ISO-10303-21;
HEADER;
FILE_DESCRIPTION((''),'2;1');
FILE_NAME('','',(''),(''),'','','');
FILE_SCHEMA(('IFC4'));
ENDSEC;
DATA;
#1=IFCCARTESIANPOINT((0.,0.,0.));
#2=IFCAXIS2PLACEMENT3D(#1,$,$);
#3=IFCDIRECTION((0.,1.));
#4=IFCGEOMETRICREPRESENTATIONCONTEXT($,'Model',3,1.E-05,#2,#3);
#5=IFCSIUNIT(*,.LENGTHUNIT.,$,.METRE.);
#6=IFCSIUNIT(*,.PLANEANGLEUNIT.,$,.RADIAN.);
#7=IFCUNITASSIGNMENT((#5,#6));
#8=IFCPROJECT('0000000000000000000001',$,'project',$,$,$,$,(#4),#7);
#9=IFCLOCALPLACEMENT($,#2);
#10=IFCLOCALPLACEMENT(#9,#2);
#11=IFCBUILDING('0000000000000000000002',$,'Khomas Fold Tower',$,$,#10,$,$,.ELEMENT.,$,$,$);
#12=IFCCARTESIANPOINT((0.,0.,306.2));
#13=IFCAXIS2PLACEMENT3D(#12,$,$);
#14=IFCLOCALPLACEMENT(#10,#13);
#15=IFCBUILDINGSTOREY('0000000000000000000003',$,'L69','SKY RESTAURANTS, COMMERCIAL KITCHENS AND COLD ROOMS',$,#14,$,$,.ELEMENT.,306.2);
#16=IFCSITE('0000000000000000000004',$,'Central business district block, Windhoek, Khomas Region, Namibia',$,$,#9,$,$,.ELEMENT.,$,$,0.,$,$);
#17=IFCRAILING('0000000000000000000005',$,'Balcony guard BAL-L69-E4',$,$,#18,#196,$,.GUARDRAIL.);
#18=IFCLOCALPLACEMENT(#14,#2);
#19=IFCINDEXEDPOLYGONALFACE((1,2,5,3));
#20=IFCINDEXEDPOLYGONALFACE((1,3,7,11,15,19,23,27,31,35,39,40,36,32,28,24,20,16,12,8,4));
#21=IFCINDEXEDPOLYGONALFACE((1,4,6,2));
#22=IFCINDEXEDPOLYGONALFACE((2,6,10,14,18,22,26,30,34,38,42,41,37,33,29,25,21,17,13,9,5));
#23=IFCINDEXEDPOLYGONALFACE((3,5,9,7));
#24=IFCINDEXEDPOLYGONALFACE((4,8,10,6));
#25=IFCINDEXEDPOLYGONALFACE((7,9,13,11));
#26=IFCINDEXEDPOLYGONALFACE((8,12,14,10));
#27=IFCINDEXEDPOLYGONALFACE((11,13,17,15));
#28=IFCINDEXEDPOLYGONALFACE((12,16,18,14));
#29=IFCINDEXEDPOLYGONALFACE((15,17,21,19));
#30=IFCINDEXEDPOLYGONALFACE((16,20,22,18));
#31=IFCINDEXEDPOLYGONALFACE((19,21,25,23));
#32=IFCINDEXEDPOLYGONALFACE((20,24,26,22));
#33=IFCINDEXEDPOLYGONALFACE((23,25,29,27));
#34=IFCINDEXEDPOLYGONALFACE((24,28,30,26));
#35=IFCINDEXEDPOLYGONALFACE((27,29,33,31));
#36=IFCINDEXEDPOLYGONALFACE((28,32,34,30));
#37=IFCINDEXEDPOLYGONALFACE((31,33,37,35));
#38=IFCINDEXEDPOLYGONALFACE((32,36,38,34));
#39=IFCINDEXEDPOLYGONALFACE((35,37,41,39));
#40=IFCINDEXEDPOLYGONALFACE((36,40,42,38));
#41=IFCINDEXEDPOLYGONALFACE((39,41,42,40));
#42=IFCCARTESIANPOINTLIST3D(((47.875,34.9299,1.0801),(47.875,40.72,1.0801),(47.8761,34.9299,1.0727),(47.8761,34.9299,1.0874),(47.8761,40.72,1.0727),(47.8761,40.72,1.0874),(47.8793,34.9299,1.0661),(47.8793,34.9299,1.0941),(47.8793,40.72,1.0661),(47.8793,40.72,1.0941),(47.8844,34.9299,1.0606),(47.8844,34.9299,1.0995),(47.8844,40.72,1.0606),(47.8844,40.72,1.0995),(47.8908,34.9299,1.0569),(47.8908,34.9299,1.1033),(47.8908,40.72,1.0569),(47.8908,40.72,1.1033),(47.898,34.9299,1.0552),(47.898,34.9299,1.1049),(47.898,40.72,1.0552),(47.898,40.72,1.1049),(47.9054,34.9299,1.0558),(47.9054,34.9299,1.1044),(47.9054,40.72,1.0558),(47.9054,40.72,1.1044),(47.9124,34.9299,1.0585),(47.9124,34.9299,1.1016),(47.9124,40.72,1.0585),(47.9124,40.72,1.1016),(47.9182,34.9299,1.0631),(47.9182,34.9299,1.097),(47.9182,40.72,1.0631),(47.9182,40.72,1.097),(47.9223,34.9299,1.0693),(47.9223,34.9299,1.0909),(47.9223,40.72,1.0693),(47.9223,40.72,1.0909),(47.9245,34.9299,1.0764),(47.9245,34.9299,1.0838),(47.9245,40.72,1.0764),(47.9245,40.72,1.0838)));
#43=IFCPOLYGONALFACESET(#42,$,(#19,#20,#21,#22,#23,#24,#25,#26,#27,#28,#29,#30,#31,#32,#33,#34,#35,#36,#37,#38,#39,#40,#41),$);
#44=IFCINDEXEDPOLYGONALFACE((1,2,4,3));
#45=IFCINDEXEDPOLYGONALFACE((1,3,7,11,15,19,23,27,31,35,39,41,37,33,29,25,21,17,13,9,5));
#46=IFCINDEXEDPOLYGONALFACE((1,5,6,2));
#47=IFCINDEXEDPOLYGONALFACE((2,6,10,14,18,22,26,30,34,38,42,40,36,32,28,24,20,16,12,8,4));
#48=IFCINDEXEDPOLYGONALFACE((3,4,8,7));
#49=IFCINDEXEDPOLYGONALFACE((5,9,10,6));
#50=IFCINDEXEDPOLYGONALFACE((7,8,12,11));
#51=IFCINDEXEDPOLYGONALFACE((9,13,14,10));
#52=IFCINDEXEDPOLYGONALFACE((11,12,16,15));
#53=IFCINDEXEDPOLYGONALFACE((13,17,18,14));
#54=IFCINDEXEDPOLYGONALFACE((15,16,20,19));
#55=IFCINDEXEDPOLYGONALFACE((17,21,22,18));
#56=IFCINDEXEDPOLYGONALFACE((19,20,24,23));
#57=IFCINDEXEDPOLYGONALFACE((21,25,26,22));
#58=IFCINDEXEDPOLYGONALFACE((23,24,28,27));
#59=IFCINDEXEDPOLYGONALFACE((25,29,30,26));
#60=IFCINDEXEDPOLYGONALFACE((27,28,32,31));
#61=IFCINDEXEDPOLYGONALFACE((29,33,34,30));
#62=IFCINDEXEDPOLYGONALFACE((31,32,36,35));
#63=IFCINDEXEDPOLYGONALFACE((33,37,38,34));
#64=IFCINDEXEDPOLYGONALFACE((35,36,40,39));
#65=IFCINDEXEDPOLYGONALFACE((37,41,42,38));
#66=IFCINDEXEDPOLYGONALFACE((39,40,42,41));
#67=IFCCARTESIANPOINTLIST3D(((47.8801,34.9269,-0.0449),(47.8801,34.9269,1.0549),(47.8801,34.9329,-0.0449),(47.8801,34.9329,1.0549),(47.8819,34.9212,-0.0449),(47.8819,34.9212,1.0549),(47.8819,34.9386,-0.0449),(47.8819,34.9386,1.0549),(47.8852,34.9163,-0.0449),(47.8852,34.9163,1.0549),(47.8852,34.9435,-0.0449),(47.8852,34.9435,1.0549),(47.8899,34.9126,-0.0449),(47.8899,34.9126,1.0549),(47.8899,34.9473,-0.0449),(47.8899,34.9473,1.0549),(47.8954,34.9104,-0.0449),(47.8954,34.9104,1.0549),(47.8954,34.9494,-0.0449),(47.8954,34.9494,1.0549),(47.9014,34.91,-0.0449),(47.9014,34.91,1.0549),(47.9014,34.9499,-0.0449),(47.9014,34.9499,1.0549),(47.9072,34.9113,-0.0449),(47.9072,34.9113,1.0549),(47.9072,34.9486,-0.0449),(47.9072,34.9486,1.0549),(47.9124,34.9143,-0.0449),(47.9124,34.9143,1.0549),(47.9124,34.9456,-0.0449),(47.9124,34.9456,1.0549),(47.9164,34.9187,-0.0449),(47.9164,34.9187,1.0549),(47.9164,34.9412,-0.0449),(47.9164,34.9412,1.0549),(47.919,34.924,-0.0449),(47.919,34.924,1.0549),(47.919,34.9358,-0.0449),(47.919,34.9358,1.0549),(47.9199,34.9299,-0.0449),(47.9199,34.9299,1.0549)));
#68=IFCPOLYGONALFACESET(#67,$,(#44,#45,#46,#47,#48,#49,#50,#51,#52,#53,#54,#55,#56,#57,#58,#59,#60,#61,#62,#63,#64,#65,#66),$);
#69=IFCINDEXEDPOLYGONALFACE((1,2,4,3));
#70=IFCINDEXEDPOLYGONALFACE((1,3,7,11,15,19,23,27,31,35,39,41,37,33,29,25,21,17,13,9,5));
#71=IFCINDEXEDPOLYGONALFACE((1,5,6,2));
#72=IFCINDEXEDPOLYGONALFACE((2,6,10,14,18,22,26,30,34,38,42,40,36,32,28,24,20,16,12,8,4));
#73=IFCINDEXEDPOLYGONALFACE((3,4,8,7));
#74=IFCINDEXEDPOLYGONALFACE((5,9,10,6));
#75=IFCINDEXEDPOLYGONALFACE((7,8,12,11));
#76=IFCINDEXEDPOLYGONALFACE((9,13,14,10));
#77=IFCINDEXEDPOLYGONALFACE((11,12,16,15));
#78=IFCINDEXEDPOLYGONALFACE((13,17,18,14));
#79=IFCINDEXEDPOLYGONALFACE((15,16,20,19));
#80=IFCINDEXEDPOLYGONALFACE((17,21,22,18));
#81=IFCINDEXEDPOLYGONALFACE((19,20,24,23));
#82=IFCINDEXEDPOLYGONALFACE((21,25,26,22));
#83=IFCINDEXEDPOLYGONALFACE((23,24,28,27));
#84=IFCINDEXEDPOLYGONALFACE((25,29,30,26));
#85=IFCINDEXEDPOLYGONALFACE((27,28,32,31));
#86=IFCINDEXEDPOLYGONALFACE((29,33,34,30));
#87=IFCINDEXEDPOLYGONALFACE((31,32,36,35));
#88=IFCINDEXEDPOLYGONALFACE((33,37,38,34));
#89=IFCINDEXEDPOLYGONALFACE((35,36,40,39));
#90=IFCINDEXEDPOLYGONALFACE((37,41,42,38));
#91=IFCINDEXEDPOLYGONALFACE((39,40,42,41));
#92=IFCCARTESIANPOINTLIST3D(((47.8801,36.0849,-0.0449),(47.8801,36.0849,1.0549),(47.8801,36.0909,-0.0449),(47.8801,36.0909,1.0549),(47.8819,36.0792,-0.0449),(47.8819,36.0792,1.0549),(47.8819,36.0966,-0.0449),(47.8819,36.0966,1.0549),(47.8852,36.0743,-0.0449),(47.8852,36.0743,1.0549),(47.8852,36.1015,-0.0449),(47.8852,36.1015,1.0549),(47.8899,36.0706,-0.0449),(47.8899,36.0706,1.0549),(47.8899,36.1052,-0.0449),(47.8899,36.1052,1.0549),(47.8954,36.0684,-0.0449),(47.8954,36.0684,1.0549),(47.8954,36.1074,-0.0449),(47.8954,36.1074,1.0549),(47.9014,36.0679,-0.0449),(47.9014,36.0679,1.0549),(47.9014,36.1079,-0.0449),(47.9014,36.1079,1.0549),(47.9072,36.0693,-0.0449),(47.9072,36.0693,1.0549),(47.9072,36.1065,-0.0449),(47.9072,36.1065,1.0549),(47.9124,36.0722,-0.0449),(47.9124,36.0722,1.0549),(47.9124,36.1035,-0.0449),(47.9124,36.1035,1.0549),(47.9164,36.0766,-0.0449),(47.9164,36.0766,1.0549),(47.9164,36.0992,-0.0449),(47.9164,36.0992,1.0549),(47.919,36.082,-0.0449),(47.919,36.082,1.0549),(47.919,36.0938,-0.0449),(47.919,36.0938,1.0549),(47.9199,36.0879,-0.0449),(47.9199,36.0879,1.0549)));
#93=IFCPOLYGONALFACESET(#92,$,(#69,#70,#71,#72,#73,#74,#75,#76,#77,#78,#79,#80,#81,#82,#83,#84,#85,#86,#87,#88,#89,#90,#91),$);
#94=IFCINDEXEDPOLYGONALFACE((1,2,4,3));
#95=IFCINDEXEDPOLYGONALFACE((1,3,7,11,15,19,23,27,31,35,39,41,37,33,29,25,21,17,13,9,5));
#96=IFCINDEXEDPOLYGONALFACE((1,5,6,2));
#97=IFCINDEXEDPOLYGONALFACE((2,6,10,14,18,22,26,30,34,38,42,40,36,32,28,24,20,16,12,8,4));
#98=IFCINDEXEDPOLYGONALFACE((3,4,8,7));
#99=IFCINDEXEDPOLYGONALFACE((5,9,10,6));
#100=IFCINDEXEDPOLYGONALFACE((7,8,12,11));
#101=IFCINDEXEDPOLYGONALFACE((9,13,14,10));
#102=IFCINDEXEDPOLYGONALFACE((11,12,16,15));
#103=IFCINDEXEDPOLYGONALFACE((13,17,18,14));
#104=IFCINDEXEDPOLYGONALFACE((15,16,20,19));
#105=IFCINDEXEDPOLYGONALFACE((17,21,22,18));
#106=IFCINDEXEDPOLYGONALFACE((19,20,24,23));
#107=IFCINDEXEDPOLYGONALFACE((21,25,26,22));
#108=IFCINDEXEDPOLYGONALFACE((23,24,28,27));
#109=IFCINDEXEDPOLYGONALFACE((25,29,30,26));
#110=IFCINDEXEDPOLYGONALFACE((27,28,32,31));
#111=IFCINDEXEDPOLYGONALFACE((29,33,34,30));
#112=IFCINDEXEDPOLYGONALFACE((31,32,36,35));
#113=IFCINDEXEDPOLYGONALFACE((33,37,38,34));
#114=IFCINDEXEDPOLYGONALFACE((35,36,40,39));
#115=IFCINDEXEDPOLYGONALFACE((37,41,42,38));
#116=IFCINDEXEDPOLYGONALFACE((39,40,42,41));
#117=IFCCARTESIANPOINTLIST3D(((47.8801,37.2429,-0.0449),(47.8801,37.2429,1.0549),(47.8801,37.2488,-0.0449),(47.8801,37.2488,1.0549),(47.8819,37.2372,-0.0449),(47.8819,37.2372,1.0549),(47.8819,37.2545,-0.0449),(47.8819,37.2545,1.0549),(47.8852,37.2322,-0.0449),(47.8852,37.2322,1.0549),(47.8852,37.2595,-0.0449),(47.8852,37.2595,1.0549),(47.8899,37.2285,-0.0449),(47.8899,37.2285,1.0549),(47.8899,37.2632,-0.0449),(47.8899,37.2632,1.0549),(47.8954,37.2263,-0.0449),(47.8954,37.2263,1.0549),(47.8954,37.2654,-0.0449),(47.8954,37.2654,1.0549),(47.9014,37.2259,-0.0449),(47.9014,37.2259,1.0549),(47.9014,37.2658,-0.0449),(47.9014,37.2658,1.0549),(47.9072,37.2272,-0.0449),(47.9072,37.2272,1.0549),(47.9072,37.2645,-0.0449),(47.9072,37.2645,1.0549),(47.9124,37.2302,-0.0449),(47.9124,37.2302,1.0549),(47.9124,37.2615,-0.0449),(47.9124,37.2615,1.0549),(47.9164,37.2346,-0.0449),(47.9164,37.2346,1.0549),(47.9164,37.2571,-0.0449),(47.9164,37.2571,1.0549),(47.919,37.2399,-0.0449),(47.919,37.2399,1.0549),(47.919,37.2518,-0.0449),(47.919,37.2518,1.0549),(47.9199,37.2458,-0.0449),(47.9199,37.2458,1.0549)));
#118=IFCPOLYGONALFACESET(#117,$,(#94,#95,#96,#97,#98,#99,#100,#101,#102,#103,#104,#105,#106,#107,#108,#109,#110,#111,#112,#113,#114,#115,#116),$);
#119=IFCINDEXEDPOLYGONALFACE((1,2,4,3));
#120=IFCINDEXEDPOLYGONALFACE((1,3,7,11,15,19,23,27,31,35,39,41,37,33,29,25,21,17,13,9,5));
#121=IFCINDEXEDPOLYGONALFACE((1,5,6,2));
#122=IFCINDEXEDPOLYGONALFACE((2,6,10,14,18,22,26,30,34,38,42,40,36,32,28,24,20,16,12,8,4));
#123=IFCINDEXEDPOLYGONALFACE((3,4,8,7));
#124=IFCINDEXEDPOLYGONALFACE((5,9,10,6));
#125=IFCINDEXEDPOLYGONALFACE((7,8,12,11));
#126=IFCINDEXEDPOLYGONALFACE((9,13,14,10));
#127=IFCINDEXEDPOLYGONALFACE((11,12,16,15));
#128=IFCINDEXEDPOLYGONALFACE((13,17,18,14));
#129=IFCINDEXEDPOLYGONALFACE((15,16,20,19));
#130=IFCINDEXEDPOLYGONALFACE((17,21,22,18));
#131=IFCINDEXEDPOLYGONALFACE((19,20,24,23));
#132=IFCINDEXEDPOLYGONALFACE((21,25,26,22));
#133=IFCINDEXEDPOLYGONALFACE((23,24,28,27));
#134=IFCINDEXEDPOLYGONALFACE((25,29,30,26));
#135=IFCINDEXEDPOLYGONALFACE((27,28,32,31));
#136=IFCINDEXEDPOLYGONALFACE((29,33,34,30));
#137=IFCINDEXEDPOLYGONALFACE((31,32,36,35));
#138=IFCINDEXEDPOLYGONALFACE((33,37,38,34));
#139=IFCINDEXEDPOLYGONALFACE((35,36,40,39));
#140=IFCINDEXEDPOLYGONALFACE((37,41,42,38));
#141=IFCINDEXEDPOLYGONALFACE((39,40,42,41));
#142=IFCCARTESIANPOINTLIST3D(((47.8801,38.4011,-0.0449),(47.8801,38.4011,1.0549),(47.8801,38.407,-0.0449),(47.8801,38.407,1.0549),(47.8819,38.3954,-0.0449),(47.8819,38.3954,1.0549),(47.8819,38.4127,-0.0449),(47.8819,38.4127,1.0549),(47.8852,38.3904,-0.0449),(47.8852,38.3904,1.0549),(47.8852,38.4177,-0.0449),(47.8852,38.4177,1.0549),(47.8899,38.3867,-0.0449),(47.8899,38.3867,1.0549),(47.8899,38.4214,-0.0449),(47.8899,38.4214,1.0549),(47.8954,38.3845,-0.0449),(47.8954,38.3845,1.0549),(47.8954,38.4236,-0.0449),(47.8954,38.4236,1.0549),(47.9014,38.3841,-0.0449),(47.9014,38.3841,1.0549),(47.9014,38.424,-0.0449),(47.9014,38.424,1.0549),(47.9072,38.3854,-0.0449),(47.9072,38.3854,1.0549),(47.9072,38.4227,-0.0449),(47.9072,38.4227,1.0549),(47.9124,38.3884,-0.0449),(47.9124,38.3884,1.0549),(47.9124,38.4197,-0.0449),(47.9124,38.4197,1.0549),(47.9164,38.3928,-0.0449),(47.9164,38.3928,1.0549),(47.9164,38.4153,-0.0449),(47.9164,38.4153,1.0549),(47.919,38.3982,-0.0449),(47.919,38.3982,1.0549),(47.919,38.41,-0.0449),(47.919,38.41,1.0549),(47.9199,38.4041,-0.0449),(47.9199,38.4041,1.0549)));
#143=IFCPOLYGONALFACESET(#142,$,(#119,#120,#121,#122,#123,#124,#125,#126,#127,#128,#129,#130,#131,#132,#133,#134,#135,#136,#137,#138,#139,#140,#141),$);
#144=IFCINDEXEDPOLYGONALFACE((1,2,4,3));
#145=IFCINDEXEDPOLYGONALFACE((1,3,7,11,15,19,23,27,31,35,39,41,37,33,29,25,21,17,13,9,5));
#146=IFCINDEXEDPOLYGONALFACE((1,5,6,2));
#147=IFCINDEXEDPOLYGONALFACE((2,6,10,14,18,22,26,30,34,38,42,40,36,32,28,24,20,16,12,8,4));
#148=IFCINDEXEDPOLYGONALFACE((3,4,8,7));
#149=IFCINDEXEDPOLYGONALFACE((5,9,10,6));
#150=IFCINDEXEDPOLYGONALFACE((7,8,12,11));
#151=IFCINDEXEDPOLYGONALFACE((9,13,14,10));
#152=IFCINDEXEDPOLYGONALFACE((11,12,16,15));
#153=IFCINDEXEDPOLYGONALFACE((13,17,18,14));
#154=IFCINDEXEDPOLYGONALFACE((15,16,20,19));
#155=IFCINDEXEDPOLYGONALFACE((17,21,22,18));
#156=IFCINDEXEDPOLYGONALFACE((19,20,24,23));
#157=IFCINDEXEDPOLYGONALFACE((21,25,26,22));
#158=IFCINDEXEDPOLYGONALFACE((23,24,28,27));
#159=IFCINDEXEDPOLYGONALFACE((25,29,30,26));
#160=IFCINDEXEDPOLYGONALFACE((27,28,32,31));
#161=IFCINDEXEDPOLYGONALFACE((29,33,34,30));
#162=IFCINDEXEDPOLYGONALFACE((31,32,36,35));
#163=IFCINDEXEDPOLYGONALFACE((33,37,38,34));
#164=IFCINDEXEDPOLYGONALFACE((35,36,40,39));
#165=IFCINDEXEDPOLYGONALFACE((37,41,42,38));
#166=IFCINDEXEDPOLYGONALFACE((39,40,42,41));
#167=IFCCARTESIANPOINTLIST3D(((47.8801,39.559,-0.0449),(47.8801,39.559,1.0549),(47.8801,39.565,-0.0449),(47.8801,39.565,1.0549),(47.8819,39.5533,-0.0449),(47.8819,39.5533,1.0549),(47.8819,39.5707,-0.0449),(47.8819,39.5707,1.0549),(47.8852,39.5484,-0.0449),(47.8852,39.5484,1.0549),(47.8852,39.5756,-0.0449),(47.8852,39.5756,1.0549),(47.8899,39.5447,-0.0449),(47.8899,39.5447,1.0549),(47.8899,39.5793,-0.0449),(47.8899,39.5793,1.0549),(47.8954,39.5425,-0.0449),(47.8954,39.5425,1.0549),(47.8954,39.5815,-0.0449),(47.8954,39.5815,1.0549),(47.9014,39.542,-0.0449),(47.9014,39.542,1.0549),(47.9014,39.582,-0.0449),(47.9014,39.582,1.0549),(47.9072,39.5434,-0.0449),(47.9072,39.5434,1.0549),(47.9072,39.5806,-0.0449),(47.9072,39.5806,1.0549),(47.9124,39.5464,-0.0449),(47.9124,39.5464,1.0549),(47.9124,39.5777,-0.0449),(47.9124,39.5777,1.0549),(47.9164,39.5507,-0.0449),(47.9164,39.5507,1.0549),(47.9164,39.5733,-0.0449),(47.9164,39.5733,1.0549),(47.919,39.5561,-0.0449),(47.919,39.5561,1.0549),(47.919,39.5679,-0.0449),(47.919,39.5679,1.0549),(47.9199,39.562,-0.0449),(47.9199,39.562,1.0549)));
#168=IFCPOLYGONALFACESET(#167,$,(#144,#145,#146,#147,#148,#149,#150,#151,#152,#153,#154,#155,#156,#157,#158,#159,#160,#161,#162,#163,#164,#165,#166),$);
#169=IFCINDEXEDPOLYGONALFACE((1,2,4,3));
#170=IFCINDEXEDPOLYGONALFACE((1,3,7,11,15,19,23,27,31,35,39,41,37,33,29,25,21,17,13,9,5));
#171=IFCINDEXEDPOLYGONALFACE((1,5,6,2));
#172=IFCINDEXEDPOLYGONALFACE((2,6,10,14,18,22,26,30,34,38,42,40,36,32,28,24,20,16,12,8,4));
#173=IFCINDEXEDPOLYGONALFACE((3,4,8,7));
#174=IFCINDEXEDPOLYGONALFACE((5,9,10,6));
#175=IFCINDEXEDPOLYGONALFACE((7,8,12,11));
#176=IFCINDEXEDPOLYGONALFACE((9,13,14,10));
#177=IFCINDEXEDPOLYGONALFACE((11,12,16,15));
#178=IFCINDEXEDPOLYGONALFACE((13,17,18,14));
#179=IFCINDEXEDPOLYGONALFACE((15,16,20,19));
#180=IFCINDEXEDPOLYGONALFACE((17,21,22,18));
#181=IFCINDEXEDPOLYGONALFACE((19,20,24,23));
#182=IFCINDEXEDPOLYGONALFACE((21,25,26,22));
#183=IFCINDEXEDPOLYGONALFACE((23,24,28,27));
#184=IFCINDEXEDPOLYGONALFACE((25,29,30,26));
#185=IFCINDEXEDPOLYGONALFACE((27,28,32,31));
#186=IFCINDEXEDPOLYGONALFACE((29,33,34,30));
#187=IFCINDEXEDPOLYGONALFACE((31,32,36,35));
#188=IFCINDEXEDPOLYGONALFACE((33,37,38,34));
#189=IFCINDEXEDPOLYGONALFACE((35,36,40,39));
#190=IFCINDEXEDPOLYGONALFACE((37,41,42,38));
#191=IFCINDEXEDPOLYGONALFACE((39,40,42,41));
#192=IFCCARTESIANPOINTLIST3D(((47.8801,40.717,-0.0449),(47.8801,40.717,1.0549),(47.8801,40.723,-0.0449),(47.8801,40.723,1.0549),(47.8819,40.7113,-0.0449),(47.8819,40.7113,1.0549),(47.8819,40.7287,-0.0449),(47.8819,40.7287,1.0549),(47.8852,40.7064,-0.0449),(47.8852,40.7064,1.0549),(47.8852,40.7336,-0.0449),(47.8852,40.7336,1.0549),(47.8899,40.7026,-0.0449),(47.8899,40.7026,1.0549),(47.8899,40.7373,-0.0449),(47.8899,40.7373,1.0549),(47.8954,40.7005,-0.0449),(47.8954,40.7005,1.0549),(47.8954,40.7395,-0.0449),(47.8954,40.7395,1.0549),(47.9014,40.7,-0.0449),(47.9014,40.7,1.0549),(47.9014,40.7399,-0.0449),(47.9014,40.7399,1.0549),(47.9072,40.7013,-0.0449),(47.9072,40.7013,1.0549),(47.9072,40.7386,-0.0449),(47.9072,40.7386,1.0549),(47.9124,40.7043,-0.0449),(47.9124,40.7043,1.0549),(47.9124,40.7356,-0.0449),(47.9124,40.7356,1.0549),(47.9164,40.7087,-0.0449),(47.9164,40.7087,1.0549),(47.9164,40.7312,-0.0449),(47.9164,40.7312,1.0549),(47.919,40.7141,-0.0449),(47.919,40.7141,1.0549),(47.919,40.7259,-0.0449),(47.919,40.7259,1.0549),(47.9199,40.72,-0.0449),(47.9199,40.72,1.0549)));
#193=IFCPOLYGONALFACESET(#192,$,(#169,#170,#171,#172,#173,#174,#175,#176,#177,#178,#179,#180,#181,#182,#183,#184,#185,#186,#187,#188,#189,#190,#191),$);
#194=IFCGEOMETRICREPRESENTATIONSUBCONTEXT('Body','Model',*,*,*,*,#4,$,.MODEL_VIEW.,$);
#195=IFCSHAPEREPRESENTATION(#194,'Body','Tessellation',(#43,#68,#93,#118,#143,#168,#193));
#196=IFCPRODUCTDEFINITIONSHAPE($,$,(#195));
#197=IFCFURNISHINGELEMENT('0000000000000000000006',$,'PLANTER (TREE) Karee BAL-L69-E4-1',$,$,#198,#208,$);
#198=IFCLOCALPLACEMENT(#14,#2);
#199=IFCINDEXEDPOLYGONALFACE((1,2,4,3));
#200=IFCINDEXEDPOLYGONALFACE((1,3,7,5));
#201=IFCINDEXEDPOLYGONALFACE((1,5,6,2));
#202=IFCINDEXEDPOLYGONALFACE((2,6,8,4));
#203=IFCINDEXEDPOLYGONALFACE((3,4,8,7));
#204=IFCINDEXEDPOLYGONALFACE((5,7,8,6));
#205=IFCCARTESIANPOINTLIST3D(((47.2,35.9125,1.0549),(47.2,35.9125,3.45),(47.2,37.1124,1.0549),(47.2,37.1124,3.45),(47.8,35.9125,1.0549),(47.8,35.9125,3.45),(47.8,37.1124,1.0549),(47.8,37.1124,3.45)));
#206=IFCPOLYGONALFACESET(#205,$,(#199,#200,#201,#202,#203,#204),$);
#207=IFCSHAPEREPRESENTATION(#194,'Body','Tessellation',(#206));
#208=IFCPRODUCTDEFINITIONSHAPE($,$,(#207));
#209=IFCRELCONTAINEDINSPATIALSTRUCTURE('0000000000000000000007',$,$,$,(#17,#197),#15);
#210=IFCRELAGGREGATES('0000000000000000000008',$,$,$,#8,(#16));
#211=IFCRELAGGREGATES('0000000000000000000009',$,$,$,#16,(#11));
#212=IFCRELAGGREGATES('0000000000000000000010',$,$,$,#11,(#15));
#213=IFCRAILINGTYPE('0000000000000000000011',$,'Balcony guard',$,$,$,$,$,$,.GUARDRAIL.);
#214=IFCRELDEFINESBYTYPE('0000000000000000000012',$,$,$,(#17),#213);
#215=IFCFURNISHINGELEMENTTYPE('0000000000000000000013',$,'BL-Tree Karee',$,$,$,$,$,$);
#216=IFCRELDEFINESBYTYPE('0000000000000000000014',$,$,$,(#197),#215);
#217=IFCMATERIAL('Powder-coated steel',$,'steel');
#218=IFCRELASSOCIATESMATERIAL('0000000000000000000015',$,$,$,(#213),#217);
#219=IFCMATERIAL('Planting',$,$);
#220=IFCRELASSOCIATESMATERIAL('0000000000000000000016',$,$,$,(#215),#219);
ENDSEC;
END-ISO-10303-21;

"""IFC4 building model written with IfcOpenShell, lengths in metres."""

from ifc_helpers import new_model, si_unit, direction, frame, origin, origin_2d, place, context, subcontext, project, spatial, rectangle, circle, extrude, source, transform, mapped, material, type_object, element, save


model = new_model("IFC4")

# Units and contexts
model_context = context("Model", 3, precision=1e-05, world=origin(), true_north=direction((0.0, 1.0)))
body_context = subcontext(model_context, "Body", "Model", "MODEL_VIEW")
ifc_project = project(units=[si_unit("LENGTHUNIT", "METRE"), si_unit("PLANEANGLEUNIT", "RADIAN")], contexts=[model_context])

# Site, building, storey
site_placement = place(None, origin())
site = spatial("IfcSite", under=ifc_project, at=site_placement, Name="Central business district block, Windhoek, Khomas Region, Namibia", CompositionType="ELEMENT", RefElevation=0.0)
building_placement = place(site_placement, origin())
building = spatial("IfcBuilding", under=site, at=building_placement, Name="Khomas Fold Tower", CompositionType="ELEMENT")
storey_placement = place(building_placement, frame((0.0, 0.0, 306.2)))
storey = spatial("IfcBuildingStorey", under=building, at=storey_placement, Name="L69", Description="SKY RESTAURANTS, COMMERCIAL KITCHENS AND COLD ROOMS", CompositionType="ELEMENT", Elevation=306.2)

# Railing
ifc_material_1 = material(Name="Powder-coated steel", Category="steel")
railing_type = type_object("IfcRailingType", Name="Balcony guard", PredefinedType="GUARDRAIL", material=ifc_material_1)
shared_shape_1 = source(origin(), body_context, "Body", "SweptSolid", [
    extrude(circle(Radius=0.0249, at=origin_2d()), frame((0.0, 0.0, 1.125), z_axis=(0.0, 1.0, 0.0), x_axis=(-1.0, 0.0, 0.0)), (0.0, 0.0, 1.0), 5.79),
    extrude(circle(Radius=0.02, at=origin_2d()), origin(), (0.0, 0.0, 1.0), 1.0999),
    extrude(circle(Radius=0.02, at=origin_2d()), frame((0.0, 1.158, 0.0)), (0.0, 0.0, 1.0), 1.0999),
    extrude(circle(Radius=0.02, at=origin_2d()), frame((0.0, 2.3159, 0.0)), (0.0, 0.0, 1.0), 1.0999),
    extrude(circle(Radius=0.02, at=origin_2d()), frame((0.0, 3.4741, 0.0)), (0.0, 0.0, 1.0), 1.0999),
    extrude(circle(Radius=0.02, at=origin_2d()), frame((0.0, 4.6321, 0.0)), (0.0, 0.0, 1.0), 1.0999),
    extrude(circle(Radius=0.02, at=origin_2d()), frame((0.0, 5.79, 0.0)), (0.0, 0.0, 1.0), 1.0999),
])
railing_placement = place(storey_placement, frame((47.8999, 34.9299, -0.0449)))
element("IfcRailing", 1, at=railing_placement, inside=storey, type_object=railing_type, Name="Balcony guard BAL-L69-E4", PredefinedType="GUARDRAIL", context=body_context, shape_type="MappedRepresentation", body=[
    mapped(shared_shape_1, transform((0.0, 0.0, 0.0))),
])

# Furnishing element
ifc_material_2 = material(Name="Planting")
furnishing_element_type_1 = type_object("IfcFurnishingElementType", Name="BL-Tree Karee", material=ifc_material_2)
shared_shape_2 = source(origin(), body_context, "Body", "SweptSolid", [
    extrude(rectangle(XDim=1.2, YDim=0.6001, at=origin_2d()), origin(), (0.0, 0.0, 1.0), 2.395),
])
furnishing_1_placement = place(storey_placement, frame((47.5, 36.5125, 1.0549), z_axis=(0.0, 0.0, 1.0), x_axis=(0.0, 1.0, 0.0)))
element("IfcFurnishingElement", 2, at=furnishing_1_placement, inside=storey, type_object=furnishing_element_type_1, Name="PLANTER (TREE) Karee BAL-L69-E4-1", context=body_context, shape_type="MappedRepresentation", body=[
    mapped(shared_shape_2, transform((0.0, 0.0, 0.0))),
])

save(model, "model.ifc")
